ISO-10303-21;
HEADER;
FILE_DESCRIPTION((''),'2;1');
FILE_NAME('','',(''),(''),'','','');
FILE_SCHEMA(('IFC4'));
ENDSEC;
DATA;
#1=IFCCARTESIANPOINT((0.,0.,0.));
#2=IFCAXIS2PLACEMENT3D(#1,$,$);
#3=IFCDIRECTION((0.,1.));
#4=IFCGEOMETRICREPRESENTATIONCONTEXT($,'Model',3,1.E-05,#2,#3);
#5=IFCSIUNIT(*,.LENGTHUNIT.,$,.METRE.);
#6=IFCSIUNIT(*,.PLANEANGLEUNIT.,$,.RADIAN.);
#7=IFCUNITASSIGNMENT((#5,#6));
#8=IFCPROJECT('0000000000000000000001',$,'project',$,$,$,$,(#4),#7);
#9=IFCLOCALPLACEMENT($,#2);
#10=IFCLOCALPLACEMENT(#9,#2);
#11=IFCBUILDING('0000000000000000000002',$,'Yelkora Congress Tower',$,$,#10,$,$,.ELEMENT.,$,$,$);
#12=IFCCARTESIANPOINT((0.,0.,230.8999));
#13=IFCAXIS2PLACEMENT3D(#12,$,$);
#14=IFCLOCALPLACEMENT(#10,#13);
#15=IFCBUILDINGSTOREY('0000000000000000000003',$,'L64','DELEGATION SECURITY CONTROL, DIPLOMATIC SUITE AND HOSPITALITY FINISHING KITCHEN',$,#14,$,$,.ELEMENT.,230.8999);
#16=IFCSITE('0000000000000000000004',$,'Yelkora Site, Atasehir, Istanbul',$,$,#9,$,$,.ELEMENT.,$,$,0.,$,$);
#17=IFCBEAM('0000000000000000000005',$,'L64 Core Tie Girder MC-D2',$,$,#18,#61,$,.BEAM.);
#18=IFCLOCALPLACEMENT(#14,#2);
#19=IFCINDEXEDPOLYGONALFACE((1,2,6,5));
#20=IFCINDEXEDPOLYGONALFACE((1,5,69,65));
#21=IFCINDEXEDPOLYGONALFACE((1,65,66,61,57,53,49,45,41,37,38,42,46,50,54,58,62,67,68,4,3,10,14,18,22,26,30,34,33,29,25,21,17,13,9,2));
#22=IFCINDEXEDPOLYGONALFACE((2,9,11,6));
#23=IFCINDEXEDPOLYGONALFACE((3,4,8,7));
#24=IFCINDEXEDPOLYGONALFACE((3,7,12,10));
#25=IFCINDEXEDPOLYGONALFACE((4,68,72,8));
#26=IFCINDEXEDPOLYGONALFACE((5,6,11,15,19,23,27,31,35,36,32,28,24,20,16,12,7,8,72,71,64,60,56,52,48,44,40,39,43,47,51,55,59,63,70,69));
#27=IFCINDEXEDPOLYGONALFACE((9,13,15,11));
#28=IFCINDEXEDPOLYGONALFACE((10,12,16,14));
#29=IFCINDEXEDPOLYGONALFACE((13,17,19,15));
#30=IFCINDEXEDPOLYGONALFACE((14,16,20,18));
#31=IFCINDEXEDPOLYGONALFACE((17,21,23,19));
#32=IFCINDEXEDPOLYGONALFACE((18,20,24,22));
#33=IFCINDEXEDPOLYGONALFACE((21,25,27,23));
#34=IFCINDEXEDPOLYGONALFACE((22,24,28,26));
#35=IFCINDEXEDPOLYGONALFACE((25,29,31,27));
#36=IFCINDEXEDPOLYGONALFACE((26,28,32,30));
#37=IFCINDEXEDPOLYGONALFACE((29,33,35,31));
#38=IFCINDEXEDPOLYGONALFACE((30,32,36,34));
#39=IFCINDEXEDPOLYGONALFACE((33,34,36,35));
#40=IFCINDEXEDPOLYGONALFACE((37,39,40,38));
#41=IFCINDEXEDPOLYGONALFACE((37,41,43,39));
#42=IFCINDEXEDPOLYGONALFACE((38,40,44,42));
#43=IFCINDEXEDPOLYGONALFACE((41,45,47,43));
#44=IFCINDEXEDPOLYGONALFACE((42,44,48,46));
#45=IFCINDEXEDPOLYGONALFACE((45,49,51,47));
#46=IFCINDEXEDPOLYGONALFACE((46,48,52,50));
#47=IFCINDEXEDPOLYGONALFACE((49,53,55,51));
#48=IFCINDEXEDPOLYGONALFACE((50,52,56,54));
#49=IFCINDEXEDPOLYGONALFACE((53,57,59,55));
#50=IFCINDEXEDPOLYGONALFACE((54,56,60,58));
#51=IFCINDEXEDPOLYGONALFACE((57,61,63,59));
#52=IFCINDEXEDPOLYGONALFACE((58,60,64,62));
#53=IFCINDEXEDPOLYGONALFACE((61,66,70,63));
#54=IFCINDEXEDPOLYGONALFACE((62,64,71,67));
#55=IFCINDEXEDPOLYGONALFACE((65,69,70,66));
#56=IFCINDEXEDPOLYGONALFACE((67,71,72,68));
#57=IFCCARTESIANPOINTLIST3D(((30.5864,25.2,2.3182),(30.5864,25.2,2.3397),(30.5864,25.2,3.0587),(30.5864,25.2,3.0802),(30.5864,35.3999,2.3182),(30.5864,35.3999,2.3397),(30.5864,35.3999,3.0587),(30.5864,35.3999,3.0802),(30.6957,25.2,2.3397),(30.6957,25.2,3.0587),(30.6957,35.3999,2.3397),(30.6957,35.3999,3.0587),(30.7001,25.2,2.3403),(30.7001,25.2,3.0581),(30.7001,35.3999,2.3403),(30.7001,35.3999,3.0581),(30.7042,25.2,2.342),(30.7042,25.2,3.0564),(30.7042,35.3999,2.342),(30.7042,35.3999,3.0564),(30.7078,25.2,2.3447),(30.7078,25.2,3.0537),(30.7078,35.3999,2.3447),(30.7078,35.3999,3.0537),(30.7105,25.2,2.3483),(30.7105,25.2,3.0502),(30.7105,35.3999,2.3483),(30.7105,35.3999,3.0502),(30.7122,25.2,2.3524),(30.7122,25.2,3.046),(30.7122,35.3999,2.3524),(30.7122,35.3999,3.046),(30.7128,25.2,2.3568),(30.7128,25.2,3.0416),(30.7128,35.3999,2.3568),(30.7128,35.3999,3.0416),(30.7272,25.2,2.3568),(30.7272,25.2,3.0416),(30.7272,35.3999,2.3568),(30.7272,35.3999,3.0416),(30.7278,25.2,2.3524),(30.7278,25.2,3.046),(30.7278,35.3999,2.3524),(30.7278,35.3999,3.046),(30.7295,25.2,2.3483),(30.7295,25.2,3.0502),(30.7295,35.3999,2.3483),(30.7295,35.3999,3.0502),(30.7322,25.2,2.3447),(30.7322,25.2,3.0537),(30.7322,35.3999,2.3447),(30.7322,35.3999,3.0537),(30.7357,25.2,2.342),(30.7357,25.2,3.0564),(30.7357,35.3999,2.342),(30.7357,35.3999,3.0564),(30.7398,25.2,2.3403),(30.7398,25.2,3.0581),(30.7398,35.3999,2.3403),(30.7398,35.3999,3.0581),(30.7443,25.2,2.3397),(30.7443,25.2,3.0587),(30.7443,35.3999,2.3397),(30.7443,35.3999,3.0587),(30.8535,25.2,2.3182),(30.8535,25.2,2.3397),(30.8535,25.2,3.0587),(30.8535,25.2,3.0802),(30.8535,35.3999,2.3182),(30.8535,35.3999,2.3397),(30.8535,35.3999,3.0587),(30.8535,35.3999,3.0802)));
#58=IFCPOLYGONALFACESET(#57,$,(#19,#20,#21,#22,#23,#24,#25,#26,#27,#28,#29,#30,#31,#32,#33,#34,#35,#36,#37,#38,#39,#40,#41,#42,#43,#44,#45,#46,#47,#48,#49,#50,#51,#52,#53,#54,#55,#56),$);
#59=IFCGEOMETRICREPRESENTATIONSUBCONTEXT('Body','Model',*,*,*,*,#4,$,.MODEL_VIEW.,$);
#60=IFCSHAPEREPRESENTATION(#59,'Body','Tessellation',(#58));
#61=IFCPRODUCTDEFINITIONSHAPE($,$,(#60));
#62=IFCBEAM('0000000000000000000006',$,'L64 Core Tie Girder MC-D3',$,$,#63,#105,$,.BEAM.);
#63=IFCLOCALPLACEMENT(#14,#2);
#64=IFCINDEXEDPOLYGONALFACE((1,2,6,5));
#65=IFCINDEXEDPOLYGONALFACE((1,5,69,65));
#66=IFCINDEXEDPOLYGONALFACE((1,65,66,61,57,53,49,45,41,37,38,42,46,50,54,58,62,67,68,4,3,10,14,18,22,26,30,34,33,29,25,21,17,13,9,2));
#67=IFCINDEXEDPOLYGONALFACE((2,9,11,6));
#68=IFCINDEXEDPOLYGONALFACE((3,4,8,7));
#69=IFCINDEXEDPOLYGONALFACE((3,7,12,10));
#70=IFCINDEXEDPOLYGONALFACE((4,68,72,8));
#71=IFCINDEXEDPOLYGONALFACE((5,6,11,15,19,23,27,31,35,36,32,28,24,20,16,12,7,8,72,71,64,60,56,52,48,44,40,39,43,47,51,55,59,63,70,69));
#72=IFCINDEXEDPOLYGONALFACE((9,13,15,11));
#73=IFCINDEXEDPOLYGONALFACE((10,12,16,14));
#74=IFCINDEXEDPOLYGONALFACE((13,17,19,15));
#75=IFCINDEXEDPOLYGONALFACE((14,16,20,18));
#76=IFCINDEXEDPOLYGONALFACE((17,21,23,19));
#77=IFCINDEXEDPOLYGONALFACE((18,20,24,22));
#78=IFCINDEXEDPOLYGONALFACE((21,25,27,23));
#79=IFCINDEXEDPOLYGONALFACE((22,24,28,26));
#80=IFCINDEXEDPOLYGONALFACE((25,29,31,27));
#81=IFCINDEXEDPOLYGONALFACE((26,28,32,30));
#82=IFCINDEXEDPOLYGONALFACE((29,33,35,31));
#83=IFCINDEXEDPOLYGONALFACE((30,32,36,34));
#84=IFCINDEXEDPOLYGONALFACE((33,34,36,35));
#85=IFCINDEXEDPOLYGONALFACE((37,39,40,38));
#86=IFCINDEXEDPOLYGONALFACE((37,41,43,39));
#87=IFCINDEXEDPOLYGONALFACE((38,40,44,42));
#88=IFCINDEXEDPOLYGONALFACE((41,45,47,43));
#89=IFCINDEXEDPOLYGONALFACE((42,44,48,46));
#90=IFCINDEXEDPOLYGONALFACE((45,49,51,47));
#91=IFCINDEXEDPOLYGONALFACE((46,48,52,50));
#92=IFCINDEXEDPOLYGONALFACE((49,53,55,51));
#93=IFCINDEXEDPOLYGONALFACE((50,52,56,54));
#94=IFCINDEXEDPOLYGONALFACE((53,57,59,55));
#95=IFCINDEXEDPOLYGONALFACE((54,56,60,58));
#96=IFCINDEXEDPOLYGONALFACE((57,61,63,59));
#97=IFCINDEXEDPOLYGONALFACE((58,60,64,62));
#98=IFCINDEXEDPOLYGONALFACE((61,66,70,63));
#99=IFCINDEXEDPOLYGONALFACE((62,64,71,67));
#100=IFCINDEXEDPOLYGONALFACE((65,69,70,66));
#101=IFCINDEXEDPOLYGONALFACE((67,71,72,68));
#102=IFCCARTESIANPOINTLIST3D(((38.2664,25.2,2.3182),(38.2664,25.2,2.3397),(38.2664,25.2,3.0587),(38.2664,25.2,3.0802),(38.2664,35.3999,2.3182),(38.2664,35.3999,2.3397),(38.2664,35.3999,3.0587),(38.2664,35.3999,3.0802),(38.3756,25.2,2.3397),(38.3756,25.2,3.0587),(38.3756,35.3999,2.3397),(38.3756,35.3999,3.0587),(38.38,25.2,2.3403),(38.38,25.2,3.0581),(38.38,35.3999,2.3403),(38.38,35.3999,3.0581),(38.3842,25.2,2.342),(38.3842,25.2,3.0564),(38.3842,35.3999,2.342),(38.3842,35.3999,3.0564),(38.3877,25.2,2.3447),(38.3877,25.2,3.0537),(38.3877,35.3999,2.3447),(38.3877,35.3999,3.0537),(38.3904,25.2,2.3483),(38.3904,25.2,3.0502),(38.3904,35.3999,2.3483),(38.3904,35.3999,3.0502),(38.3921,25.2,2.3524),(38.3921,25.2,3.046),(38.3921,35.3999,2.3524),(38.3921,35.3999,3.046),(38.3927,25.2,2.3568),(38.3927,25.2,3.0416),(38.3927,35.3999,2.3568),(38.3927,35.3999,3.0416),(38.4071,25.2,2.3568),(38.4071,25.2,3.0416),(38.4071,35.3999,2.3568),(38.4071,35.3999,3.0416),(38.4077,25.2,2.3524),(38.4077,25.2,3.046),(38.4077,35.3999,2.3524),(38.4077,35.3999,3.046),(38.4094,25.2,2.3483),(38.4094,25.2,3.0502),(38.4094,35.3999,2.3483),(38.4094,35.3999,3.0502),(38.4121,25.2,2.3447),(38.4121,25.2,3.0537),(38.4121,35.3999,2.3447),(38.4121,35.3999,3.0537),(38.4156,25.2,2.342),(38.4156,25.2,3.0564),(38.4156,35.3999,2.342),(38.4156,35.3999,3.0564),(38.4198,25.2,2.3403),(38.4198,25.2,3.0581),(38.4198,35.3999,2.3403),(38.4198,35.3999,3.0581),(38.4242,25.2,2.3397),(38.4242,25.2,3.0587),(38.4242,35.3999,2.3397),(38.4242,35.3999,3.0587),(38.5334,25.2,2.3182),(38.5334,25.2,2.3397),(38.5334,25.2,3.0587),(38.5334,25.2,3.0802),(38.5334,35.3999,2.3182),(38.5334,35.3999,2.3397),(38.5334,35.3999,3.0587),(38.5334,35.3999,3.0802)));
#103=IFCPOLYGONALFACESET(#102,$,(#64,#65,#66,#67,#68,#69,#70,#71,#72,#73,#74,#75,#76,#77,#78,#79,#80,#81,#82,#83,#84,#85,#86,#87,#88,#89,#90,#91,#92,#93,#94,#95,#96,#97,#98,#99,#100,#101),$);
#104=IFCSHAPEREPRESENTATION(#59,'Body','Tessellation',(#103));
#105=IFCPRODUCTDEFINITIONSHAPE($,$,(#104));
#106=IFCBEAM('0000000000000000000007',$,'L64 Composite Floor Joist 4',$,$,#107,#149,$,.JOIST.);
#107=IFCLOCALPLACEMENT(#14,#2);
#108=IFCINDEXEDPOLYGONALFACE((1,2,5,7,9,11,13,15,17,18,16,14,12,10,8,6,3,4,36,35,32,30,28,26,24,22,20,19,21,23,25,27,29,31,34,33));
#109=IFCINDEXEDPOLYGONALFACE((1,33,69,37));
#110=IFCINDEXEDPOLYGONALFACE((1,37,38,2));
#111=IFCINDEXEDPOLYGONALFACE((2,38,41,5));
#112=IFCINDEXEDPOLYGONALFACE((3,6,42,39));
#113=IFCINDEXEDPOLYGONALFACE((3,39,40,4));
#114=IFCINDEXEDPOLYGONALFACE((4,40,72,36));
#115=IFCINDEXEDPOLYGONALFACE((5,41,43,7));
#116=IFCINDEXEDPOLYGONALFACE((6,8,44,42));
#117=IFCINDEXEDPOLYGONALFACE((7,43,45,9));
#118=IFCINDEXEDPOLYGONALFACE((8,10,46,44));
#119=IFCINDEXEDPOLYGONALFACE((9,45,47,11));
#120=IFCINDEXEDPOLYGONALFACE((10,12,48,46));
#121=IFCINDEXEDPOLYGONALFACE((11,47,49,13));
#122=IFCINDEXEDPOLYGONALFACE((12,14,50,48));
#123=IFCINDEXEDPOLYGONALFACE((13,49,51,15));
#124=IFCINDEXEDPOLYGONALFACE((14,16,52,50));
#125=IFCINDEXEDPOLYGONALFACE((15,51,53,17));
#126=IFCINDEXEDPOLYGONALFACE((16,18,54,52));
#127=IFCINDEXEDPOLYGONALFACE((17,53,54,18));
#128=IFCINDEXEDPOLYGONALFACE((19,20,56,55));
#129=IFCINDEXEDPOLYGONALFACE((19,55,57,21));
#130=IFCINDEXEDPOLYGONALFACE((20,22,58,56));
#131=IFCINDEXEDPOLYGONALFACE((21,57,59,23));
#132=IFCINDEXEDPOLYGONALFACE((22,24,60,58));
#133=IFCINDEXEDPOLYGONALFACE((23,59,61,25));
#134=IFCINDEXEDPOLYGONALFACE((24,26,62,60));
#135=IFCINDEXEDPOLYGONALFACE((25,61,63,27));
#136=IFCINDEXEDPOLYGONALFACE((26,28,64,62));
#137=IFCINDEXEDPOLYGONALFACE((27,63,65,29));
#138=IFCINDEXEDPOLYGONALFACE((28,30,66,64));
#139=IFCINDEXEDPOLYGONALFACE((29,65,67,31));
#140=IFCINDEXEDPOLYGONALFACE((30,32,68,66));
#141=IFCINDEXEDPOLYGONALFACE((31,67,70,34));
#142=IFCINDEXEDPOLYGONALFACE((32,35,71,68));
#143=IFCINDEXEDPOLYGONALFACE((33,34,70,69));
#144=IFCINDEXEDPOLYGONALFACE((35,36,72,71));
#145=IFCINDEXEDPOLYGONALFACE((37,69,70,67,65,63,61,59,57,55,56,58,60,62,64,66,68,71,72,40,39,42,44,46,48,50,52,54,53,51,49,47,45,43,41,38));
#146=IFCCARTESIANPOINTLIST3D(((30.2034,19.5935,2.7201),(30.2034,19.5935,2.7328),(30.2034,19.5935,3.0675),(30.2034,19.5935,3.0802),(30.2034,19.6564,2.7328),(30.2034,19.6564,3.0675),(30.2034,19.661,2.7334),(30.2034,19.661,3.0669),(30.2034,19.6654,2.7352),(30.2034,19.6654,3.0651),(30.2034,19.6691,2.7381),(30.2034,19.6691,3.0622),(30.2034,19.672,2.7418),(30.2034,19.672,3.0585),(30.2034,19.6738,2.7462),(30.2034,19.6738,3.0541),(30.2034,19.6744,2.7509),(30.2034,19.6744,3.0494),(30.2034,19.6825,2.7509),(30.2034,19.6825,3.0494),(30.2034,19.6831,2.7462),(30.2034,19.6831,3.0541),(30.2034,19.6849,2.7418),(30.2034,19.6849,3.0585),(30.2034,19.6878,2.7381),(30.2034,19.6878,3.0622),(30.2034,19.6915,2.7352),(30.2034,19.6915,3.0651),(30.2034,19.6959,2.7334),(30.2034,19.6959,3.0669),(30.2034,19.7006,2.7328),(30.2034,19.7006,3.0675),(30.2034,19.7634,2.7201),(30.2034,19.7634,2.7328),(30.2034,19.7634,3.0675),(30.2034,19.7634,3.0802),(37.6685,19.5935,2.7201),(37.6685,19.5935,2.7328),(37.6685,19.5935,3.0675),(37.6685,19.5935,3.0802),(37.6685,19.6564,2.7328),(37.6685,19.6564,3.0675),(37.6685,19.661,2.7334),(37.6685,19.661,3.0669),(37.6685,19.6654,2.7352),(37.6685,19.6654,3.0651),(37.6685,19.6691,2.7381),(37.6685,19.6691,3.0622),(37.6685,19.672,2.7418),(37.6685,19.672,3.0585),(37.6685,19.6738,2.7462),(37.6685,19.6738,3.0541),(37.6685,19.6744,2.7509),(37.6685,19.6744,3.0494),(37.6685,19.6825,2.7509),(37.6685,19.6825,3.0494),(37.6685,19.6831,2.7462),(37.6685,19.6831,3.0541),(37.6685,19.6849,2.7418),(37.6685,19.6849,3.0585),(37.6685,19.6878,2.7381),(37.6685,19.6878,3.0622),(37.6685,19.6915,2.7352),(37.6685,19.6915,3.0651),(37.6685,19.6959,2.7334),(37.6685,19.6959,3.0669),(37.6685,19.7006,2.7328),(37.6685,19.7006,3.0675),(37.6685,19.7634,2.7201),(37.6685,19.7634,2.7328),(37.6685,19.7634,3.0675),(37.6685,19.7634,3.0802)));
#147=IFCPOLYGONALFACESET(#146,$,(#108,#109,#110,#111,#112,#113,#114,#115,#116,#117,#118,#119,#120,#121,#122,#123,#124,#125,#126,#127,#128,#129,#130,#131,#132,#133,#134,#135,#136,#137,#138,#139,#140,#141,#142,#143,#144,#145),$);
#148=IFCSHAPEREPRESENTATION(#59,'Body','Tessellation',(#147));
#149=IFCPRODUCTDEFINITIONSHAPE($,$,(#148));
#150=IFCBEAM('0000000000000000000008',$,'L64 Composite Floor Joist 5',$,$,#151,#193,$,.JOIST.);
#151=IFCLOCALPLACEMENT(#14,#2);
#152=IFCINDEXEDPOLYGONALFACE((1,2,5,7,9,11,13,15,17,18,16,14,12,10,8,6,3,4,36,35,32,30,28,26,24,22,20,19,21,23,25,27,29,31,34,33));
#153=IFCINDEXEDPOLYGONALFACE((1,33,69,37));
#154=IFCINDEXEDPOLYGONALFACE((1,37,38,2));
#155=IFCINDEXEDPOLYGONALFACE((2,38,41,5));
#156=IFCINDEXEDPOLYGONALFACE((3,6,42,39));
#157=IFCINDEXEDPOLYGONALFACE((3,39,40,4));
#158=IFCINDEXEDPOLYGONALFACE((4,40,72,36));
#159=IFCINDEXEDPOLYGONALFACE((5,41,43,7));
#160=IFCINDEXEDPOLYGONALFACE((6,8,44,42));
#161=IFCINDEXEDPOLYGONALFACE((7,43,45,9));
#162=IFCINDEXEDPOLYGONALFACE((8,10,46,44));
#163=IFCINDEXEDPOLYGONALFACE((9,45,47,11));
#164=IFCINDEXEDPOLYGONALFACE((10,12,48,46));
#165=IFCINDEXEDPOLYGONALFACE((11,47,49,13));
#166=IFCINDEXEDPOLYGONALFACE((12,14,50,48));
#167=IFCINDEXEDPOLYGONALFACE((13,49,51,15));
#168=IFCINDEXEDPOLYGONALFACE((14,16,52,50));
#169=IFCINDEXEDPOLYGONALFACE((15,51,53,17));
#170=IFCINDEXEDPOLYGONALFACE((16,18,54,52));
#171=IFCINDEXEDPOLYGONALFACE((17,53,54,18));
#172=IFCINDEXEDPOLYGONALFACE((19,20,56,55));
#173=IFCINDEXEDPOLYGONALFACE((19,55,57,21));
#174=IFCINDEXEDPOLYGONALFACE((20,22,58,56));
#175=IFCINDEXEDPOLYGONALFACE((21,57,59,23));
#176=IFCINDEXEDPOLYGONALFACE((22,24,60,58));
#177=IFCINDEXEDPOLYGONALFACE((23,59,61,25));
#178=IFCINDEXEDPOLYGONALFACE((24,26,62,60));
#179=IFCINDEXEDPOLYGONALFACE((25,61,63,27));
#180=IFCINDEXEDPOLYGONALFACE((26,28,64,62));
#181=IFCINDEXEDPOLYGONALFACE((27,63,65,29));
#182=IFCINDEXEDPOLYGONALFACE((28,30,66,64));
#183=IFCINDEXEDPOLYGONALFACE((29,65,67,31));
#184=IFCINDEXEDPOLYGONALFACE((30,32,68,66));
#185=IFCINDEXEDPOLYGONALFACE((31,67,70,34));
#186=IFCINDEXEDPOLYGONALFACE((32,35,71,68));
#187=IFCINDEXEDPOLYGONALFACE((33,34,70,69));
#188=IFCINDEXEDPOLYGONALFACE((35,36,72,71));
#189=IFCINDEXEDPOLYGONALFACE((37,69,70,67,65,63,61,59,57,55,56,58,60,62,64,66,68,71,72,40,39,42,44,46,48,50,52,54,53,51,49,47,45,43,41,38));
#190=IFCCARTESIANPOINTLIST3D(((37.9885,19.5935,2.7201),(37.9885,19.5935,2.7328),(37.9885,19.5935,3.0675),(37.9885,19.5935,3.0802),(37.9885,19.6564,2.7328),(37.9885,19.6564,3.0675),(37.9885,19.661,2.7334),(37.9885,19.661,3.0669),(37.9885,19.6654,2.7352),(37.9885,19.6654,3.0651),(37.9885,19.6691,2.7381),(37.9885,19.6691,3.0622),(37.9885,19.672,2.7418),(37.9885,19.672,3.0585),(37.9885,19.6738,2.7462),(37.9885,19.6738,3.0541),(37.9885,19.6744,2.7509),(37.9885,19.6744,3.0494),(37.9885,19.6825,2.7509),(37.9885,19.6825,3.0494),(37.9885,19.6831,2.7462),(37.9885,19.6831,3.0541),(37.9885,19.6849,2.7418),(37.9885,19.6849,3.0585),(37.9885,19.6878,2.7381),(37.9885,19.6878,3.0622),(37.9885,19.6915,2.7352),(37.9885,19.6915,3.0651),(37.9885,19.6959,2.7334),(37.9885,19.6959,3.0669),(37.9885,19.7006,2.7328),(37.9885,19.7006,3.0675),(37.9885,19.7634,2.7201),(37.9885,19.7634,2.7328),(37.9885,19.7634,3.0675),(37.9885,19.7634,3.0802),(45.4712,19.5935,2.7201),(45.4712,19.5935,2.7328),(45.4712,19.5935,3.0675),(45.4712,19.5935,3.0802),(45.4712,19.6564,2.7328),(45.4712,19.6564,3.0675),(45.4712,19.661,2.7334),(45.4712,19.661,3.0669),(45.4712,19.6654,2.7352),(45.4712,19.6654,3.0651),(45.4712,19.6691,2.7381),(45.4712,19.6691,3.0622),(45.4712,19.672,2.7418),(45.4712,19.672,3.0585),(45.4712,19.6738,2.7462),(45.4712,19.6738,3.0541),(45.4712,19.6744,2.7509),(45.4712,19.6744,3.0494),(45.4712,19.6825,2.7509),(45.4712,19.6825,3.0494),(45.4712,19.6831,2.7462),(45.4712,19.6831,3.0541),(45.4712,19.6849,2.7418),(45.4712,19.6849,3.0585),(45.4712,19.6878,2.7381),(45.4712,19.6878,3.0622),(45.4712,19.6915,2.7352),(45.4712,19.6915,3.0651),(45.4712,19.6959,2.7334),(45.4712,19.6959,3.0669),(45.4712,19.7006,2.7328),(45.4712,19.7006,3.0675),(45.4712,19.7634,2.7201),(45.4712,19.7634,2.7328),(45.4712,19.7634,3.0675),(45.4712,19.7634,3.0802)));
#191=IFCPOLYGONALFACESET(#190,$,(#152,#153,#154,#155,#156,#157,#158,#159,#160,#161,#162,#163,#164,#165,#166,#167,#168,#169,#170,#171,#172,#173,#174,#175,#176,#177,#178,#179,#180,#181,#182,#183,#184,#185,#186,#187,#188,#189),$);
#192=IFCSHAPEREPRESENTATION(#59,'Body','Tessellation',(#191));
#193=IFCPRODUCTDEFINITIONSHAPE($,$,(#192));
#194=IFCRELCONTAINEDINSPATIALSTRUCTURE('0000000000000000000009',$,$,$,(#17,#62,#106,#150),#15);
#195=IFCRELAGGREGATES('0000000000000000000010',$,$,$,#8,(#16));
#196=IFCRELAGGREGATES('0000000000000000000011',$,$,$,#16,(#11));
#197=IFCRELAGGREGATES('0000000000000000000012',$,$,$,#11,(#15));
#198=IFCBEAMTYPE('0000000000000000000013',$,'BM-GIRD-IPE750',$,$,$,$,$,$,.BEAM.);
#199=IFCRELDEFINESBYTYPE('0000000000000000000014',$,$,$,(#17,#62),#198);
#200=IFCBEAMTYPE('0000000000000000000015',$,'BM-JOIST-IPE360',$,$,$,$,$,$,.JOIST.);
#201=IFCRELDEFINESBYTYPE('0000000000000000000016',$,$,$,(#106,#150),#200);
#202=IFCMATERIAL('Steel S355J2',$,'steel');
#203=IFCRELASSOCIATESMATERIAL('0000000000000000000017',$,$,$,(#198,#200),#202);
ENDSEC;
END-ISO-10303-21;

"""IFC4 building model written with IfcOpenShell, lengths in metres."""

from ifc_helpers import new_model, si_unit, direction, frame, origin, origin_2d, place, context, subcontext, project, spatial, i_section, extrude, material, material_profile, profile_set, type_object, element, save


model = new_model("IFC4")

# Units and contexts
model_context = context("Model", 3, precision=1e-05, world=origin(), true_north=direction((0.0, 1.0)))
body_context = subcontext(model_context, "Body", "Model", "MODEL_VIEW")
ifc_project = project(units=[si_unit("LENGTHUNIT", "METRE"), si_unit("PLANEANGLEUNIT", "RADIAN")], contexts=[model_context])

# Site, building, storey
site_placement = place(None, origin())
site = spatial("IfcSite", under=ifc_project, at=site_placement, Name="Yelkora Site, Atasehir, Istanbul", CompositionType="ELEMENT", RefElevation=0.0)
building_placement = place(site_placement, origin())
building = spatial("IfcBuilding", under=site, at=building_placement, Name="Yelkora Congress Tower", CompositionType="ELEMENT")
storey_placement = place(building_placement, frame((0.0, 0.0, 230.8999)))
storey = spatial("IfcBuildingStorey", under=building, at=storey_placement, Name="L64", Description="DELEGATION SECURITY CONTROL, DIPLOMATIC SUITE AND HOSPITALITY FINISHING KITCHEN", CompositionType="ELEMENT", Elevation=230.8999)

# Beams
ifc_material_1 = material(Name="Steel S355J2", Category="steel")
ifc_material_profile_1 = material_profile(ifc_material_1, i_section(OverallWidth=0.2671, OverallDepth=0.762, WebThickness=0.0144, FlangeThickness=0.0215, FilletRadius=0.0171, at=origin_2d()), Name="IPE 750x173")
ifc_profile_set_1 = profile_set([ifc_material_profile_1], Name="Steel S355J2")
beam_type_1 = type_object("IfcBeamType", Name="BM-GIRD-IPE750", PredefinedType="BEAM", material=ifc_profile_set_1)
for number, where, z_axis, x_axis, name in (
    (1, (30.72, 25.2, 2.6992), (0.0, 1.0, 0.0), (-1.0, 0.0, 0.0), "L64 Core Tie Girder MC-D2"),
    (2, (38.3999, 25.2, 2.6992), (0.0, 1.0, 0.0), (-1.0, 0.0, 0.0), "L64 Core Tie Girder MC-D3"),
):
    element("IfcBeam", number, at=place(storey_placement, frame(where, z_axis=z_axis, x_axis=x_axis)), inside=storey, type_object=beam_type_1, Name=name, PredefinedType="BEAM", context=body_context, shape_type="SweptSolid", body=[
        extrude(i_section(OverallWidth=0.2671, OverallDepth=0.762, WebThickness=0.0144, FlangeThickness=0.0215, FilletRadius=0.0171, at=origin_2d()), origin(), (0.0, 0.0, 1.0), 10.2),
    ])
ifc_material_profile_2 = material_profile(ifc_material_1, i_section(OverallWidth=0.1699, OverallDepth=0.3601, WebThickness=0.0081, FlangeThickness=0.0127, FilletRadius=0.0181, at=origin_2d()), Name="IPE 360")
ifc_profile_set_2 = profile_set([ifc_material_profile_2], Name="Steel S355J2")
beam_type_2 = type_object("IfcBeamType", Name="BM-JOIST-IPE360", PredefinedType="JOIST", material=ifc_profile_set_2)
beam_1_placement = place(storey_placement, frame((30.2034, 19.6785, 2.9001), z_axis=(1.0, 0.0, 0.0), x_axis=(0.0, 1.0, 0.0)))
element("IfcBeam", 3, at=beam_1_placement, inside=storey, type_object=beam_type_2, Name="L64 Composite Floor Joist 4", PredefinedType="JOIST", context=body_context, shape_type="SweptSolid", body=[
    extrude(i_section(OverallWidth=0.1699, OverallDepth=0.3601, WebThickness=0.0081, FlangeThickness=0.0127, FilletRadius=0.0181, at=origin_2d()), origin(), (0.0, 0.0, 1.0), 7.4651),
])
beam_2_placement = place(storey_placement, frame((37.9885, 19.6785, 2.9001), z_axis=(1.0, 0.0, 0.0), x_axis=(0.0, 1.0, 0.0)))
element("IfcBeam", 4, at=beam_2_placement, inside=storey, type_object=beam_type_2, Name="L64 Composite Floor Joist 5", PredefinedType="JOIST", context=body_context, shape_type="SweptSolid", body=[
    extrude(i_section(OverallWidth=0.1699, OverallDepth=0.3601, WebThickness=0.0081, FlangeThickness=0.0127, FilletRadius=0.0181, at=origin_2d()), origin(), (0.0, 0.0, 1.0), 7.4827),
])

save(model, "model.ifc")
